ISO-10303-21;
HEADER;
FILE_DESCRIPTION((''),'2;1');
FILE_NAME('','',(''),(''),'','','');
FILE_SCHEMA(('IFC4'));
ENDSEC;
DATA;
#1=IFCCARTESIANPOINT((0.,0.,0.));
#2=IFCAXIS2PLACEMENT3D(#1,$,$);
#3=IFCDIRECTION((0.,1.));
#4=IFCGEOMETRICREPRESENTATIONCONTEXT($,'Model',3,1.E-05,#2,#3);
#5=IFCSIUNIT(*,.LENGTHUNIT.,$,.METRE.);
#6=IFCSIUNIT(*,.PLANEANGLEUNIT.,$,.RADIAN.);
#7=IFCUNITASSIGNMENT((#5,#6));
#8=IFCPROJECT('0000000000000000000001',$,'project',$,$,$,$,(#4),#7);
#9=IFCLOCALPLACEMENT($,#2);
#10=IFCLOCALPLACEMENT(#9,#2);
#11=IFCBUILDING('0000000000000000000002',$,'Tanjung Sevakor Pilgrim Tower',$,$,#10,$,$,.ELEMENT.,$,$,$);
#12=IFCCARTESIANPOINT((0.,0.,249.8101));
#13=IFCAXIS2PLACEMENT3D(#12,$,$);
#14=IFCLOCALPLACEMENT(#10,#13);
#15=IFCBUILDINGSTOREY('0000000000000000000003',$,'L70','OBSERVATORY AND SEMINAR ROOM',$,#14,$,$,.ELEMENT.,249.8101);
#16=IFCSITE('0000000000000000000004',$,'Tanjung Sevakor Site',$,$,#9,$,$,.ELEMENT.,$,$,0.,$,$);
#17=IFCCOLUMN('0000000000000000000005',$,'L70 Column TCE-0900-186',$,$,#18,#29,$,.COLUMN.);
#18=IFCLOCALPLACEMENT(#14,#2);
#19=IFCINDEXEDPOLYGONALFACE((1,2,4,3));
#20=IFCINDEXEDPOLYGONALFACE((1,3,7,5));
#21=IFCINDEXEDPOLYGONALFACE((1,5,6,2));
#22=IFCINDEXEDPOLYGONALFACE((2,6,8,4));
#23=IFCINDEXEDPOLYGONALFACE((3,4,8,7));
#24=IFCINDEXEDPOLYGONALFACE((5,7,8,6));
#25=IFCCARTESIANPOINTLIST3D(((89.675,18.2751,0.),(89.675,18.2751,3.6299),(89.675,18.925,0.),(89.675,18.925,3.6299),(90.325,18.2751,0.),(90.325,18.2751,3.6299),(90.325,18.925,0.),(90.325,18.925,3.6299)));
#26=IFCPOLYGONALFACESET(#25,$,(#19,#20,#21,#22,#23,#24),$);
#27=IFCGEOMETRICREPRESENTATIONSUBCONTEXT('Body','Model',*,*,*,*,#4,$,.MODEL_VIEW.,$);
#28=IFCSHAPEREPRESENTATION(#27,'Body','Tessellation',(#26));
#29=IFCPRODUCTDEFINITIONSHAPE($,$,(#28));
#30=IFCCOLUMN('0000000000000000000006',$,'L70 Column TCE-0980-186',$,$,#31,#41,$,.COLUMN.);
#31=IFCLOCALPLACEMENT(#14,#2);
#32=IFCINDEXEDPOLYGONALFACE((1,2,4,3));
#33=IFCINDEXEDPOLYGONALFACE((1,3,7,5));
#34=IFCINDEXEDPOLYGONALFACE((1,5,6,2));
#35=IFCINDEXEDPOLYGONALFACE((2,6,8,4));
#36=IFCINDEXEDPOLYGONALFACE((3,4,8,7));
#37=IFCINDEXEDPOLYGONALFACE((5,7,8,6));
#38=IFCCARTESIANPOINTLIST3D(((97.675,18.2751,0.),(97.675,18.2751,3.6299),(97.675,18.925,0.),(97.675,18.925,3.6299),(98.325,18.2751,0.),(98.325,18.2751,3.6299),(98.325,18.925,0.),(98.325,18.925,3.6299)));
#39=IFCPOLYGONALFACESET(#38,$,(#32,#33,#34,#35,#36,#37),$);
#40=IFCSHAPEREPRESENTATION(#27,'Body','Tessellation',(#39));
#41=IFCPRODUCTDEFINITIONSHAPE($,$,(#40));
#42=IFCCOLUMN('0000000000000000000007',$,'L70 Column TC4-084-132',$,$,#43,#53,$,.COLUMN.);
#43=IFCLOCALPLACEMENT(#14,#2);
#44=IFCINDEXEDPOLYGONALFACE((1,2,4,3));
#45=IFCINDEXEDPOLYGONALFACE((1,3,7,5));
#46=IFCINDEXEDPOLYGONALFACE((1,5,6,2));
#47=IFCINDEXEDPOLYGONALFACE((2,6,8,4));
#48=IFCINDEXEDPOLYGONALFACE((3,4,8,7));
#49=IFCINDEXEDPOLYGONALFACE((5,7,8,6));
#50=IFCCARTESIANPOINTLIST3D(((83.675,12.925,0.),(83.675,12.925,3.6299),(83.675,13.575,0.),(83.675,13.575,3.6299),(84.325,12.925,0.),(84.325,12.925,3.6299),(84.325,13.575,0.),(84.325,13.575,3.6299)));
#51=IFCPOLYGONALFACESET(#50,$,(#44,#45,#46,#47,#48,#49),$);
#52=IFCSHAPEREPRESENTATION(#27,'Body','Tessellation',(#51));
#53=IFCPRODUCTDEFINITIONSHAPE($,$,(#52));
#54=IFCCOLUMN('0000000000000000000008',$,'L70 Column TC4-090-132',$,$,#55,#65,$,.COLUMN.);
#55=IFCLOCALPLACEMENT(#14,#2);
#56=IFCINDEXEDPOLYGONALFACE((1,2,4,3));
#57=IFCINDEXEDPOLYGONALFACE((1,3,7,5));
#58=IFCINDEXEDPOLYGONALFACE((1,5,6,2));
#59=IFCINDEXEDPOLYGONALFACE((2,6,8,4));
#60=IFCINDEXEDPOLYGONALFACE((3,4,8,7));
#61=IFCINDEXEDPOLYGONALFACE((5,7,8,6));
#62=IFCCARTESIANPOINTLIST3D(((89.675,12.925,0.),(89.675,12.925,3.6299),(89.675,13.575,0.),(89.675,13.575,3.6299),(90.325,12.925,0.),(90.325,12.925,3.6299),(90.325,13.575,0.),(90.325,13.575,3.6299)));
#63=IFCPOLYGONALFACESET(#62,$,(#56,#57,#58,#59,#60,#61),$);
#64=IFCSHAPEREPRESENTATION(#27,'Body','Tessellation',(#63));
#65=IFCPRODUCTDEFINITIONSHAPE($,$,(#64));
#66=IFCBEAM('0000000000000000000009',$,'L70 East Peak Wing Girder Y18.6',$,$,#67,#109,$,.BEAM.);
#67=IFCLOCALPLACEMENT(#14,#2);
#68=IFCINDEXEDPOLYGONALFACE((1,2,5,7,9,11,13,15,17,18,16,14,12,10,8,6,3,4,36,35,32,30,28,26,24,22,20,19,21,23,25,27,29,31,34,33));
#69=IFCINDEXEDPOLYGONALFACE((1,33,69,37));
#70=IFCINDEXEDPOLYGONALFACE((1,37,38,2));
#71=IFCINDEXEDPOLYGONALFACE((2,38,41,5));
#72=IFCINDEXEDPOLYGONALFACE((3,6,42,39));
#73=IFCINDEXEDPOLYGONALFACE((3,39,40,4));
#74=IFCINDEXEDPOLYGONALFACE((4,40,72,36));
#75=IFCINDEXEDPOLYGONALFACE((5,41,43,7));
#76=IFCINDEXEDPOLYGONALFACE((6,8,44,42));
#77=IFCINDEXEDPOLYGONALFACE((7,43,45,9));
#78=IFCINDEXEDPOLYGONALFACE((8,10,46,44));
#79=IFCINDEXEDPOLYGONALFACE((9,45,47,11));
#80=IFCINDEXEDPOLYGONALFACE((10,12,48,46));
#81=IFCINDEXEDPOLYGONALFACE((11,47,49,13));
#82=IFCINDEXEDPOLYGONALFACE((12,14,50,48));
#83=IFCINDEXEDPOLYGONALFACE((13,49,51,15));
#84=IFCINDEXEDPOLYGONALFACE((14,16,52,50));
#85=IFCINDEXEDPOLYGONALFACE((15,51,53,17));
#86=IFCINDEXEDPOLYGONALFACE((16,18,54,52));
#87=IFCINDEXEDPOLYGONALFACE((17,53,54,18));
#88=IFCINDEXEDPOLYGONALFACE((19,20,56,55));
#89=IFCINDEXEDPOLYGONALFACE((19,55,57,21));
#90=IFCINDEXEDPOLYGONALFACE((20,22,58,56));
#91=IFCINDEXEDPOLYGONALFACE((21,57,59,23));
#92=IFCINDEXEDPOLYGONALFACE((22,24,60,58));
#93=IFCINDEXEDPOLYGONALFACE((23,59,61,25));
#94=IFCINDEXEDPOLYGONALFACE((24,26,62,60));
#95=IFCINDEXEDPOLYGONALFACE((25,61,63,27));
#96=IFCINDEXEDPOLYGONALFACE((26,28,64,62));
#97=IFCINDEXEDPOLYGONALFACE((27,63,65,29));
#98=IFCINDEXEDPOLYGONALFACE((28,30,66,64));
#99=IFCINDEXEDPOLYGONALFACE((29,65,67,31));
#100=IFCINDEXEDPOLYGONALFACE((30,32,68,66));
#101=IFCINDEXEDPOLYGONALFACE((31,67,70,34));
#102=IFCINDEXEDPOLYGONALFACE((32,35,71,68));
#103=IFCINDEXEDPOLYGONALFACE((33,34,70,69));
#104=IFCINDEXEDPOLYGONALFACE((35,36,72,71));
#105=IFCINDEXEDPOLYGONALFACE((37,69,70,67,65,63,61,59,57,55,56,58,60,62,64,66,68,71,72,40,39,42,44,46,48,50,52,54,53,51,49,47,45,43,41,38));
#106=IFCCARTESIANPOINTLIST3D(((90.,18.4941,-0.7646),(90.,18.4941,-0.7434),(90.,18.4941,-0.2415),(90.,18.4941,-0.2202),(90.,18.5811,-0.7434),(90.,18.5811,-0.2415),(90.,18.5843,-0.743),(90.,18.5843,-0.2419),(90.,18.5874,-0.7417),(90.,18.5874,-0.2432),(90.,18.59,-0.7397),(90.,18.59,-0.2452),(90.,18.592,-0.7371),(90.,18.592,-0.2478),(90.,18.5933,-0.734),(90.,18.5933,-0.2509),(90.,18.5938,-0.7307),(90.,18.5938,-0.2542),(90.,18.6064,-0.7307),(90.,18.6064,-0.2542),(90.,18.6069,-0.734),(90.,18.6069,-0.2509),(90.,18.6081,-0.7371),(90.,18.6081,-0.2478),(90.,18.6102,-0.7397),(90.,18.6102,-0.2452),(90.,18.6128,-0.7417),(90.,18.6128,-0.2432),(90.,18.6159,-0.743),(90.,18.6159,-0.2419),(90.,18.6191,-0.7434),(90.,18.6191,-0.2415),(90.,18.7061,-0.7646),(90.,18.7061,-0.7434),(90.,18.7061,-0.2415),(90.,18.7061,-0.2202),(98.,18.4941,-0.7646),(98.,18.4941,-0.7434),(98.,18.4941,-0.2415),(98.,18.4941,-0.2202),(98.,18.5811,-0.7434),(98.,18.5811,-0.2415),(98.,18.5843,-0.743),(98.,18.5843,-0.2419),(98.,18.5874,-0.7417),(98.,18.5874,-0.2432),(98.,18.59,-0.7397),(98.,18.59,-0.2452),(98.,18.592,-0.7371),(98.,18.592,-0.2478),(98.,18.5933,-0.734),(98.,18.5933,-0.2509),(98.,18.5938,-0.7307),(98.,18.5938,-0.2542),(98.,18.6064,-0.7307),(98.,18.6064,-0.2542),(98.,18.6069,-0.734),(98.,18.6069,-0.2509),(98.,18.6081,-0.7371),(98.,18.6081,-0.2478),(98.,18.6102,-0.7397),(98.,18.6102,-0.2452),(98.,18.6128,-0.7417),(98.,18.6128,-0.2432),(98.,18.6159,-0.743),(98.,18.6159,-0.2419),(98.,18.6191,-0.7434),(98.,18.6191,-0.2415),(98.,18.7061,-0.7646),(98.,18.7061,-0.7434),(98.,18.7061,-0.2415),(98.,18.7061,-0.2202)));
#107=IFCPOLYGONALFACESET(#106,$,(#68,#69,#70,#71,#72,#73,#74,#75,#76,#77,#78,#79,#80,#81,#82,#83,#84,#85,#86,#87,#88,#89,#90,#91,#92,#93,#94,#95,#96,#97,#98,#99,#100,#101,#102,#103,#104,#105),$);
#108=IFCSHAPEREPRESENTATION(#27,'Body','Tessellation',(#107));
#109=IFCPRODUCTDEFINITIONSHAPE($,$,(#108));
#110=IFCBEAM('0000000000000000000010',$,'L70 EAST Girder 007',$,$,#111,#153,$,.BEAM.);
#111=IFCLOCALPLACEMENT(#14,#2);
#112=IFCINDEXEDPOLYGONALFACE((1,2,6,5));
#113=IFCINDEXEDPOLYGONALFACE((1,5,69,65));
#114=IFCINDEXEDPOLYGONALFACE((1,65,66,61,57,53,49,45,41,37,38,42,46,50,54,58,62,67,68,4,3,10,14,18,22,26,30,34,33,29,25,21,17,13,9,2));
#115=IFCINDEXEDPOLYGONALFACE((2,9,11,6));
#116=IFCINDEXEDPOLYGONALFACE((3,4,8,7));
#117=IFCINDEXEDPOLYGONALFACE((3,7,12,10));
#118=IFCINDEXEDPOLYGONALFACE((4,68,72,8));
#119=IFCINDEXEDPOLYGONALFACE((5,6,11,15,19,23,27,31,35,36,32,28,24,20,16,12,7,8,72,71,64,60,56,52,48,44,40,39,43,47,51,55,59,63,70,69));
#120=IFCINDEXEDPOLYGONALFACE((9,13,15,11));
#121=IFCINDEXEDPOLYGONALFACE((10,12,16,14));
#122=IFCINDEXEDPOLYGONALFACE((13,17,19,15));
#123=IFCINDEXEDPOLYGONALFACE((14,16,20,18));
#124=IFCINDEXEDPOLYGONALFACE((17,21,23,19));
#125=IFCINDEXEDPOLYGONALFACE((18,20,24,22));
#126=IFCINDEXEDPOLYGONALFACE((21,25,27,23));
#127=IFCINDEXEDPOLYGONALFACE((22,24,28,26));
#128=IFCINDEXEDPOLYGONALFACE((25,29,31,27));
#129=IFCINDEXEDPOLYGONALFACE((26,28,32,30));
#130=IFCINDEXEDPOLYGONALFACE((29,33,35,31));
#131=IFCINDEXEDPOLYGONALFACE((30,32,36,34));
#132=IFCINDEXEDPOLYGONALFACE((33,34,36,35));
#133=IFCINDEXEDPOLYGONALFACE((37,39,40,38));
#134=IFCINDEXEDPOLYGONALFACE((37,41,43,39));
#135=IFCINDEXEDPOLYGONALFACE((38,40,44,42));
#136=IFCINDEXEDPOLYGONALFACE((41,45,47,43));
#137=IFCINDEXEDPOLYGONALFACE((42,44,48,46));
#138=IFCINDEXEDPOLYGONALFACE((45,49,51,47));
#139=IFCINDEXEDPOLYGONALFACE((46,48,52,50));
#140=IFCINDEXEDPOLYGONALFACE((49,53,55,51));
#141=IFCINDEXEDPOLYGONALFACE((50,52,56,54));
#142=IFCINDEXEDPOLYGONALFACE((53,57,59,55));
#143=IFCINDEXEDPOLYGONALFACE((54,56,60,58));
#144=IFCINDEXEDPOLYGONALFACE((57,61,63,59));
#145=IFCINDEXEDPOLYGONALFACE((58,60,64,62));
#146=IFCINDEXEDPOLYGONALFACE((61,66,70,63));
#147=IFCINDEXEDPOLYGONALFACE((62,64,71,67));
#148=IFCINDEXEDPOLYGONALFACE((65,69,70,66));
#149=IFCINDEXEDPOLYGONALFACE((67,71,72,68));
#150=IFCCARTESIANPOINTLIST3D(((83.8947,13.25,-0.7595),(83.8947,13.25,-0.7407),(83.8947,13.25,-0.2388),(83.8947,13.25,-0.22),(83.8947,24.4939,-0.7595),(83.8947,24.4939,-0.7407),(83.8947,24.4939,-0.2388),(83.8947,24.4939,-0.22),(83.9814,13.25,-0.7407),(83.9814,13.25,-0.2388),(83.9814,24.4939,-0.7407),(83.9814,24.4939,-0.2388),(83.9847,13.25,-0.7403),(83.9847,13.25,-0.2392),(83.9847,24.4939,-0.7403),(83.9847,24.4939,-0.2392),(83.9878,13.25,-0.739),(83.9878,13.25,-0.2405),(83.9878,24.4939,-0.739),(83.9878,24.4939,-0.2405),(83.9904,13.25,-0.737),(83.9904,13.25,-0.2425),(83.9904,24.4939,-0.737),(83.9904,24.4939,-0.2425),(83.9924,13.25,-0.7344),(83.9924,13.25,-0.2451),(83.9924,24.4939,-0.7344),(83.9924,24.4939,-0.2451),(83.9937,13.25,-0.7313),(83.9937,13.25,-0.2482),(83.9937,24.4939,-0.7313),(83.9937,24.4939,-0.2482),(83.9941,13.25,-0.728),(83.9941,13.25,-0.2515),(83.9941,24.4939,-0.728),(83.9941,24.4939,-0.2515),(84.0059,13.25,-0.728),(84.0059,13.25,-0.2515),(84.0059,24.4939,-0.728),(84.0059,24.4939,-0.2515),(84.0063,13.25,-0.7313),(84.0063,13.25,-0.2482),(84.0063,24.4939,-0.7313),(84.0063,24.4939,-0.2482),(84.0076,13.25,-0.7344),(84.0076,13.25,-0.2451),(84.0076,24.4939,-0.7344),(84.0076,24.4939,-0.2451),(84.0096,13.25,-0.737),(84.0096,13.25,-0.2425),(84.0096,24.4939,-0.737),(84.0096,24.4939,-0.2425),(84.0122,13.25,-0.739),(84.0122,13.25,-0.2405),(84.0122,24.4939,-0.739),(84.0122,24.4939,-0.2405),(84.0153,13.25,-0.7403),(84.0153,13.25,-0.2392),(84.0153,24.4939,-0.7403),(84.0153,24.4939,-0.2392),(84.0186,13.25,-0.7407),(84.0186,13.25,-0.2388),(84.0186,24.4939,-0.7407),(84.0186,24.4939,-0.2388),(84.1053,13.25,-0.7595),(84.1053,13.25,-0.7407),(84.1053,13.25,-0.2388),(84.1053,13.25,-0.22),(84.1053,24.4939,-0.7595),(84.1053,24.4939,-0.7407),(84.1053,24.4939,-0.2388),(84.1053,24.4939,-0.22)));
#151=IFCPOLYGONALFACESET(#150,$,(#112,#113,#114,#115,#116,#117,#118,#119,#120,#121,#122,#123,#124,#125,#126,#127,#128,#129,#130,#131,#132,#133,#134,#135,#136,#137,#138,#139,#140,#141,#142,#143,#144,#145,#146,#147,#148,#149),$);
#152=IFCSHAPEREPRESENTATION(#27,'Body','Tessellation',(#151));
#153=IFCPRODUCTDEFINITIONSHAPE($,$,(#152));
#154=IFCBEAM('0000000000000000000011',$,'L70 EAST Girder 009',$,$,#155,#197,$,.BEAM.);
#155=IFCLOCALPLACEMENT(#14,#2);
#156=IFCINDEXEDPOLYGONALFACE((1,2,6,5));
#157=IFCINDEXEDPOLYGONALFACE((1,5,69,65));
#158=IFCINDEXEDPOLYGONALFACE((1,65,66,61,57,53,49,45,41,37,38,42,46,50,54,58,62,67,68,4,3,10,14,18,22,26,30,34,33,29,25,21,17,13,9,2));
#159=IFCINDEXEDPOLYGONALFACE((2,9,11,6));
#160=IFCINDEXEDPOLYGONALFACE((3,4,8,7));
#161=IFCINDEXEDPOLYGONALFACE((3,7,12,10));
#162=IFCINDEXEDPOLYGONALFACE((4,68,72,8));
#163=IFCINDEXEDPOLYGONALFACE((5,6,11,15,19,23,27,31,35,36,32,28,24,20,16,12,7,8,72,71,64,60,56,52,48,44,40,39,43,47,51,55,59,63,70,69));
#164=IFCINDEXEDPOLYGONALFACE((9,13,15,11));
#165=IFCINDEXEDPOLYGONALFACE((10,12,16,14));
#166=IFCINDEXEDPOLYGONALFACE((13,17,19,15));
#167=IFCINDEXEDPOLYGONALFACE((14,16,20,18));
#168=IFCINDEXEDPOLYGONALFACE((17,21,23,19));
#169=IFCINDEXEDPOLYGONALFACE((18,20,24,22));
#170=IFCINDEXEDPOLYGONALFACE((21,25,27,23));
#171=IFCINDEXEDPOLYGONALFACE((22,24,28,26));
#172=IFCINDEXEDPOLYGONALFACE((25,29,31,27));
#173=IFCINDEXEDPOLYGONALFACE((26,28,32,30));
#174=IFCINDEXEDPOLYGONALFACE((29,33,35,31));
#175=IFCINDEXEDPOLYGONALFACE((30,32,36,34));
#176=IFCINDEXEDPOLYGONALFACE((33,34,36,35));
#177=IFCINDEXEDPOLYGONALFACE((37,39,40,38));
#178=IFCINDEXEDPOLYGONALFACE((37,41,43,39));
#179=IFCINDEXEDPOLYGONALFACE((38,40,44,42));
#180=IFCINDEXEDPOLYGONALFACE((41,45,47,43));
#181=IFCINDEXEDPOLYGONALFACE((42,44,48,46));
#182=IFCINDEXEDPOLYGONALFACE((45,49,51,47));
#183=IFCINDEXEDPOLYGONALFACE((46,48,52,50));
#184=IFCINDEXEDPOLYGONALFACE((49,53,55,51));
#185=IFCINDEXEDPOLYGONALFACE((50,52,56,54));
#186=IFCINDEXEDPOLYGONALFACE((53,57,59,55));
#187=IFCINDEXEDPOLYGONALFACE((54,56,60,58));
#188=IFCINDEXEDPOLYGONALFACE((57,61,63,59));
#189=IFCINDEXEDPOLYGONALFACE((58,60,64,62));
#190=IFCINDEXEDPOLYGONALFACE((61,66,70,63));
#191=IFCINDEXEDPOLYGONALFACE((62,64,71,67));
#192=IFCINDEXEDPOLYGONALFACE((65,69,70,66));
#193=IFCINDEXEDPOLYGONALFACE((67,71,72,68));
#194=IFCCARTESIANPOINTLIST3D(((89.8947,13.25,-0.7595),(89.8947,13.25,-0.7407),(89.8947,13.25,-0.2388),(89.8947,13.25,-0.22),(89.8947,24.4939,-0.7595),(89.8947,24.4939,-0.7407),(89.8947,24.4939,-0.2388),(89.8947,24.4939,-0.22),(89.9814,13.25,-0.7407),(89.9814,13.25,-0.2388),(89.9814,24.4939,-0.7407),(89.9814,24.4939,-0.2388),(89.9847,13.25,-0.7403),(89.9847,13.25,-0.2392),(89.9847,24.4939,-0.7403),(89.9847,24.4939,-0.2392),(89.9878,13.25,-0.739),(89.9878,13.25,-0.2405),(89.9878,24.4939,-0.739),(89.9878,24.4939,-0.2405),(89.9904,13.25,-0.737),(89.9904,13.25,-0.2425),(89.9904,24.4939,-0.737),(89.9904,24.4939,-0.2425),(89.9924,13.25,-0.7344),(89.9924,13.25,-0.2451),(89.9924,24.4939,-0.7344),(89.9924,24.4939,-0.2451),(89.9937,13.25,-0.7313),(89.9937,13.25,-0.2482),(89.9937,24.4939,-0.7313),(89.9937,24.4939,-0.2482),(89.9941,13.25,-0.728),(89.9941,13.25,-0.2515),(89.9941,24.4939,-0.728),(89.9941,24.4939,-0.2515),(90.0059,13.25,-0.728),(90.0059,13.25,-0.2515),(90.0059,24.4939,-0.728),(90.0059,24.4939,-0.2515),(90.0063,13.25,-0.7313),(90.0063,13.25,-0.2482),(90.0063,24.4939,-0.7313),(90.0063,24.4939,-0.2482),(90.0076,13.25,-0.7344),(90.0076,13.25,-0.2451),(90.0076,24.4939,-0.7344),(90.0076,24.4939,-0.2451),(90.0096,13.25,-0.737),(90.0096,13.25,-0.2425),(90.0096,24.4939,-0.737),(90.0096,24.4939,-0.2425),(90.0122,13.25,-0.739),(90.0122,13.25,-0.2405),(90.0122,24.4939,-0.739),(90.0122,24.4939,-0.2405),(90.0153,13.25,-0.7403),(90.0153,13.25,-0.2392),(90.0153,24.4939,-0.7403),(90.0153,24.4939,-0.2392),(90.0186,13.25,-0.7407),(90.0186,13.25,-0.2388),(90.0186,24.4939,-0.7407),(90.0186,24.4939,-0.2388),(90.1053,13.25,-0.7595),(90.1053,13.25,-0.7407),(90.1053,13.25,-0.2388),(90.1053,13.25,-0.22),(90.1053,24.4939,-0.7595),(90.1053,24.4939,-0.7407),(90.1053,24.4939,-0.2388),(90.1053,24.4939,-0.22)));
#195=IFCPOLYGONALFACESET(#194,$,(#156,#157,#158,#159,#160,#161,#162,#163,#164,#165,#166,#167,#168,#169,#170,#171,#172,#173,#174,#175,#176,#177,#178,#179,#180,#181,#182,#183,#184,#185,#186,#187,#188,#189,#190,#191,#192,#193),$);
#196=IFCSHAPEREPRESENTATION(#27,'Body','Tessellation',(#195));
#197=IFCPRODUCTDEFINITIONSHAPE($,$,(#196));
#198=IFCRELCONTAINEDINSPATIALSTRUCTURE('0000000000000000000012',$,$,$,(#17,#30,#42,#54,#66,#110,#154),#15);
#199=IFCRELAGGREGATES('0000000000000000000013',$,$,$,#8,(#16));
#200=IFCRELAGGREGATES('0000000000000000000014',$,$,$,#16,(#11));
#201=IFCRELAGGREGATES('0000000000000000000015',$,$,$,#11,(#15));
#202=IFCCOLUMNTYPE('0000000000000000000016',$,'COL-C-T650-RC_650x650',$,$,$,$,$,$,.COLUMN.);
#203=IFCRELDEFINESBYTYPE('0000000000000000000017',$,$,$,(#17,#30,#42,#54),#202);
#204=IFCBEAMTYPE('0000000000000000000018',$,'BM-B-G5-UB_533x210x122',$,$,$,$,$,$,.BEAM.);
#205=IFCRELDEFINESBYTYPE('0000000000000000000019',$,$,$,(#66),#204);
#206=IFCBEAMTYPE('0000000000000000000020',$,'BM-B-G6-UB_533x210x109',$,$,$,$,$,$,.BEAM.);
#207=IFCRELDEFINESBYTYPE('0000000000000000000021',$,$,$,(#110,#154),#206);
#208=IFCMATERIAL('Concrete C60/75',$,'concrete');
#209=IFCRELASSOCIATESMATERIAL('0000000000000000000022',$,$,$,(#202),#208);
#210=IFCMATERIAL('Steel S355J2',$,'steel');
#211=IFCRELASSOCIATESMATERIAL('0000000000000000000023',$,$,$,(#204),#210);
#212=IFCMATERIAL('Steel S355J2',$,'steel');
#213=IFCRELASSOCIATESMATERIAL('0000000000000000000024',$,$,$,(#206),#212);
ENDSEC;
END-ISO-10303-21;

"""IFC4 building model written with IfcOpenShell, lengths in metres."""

from ifc_helpers import new_model, si_unit, direction, frame, origin, origin_2d, place, context, subcontext, project, spatial, rectangle, i_section, extrude, material, material_profile, profile_set, type_object, element, save


model = new_model("IFC4")

# Units and contexts
model_context = context("Model", 3, precision=1e-05, world=origin(), true_north=direction((0.0, 1.0)))
body_context = subcontext(model_context, "Body", "Model", "MODEL_VIEW")
ifc_project = project(units=[si_unit("LENGTHUNIT", "METRE"), si_unit("PLANEANGLEUNIT", "RADIAN")], contexts=[model_context])

# Site, building, storey
site_placement = place(None, origin())
site = spatial("IfcSite", under=ifc_project, at=site_placement, Name="Tanjung Sevakor Site", CompositionType="ELEMENT", RefElevation=0.0)
building_placement = place(site_placement, origin())
building = spatial("IfcBuilding", under=site, at=building_placement, Name="Tanjung Sevakor Pilgrim Tower", CompositionType="ELEMENT")
storey_placement = place(building_placement, frame((0.0, 0.0, 249.8101)))
storey = spatial("IfcBuildingStorey", under=building, at=storey_placement, Name="L70", Description="OBSERVATORY AND SEMINAR ROOM", CompositionType="ELEMENT", Elevation=249.8101)

# Columns
ifc_material_1 = material(Name="Concrete C60/75", Category="concrete")
ifc_material_profile_1 = material_profile(ifc_material_1, rectangle(XDim=0.6499, YDim=0.6499, at=origin_2d()))
ifc_profile_set_1 = profile_set([ifc_material_profile_1], Name="Concrete C60/75")
column_type = type_object("IfcColumnType", Name="COL-C-T650-RC_650x650", PredefinedType="COLUMN", material=ifc_profile_set_1)
for number, where, z_axis, x_axis, name in (
    (1, (90.0, 18.6001, 0.0), (0.0, 0.0, 1.0), (1.0, 0.0, 0.0), "L70 Column TCE-0900-186"),
    (2, (98.0, 18.6001, 0.0), (0.0, 0.0, 1.0), (1.0, 0.0, 0.0), "L70 Column TCE-0980-186"),
    (3, (84.0, 13.25, 0.0), (0.0, 0.0, 1.0), (1.0, 0.0, 0.0), "L70 Column TC4-084-132"),
    (4, (90.0, 13.25, 0.0), (0.0, 0.0, 1.0), (1.0, 0.0, 0.0), "L70 Column TC4-090-132"),
):
    element("IfcColumn", number, at=place(storey_placement, frame(where, z_axis=z_axis, x_axis=x_axis)), inside=storey, type_object=column_type, Name=name, PredefinedType="COLUMN", context=body_context, shape_type="SweptSolid", body=[
        extrude(rectangle(XDim=0.6499, YDim=0.6499, at=origin_2d()), origin(), (0.0, 0.0, 1.0), 3.6299),
    ])

# Beams
ifc_material_2 = material(Name="Steel S355J2", Category="steel")
ifc_material_profile_2 = material_profile(ifc_material_2, i_section(OverallWidth=0.2119, OverallDepth=0.5444, WebThickness=0.0127, FlangeThickness=0.0212, FilletRadius=0.0127, at=origin_2d()))
ifc_profile_set_2 = profile_set([ifc_material_profile_2], Name="Steel S355J2")
beam_type_1 = type_object("IfcBeamType", Name="BM-B-G5-UB_533x210x122", PredefinedType="BEAM", material=ifc_profile_set_2)
beam_1_placement = place(storey_placement, frame((90.0, 18.6001, -0.4924), z_axis=(1.0, 0.0, 0.0), x_axis=(0.0, 1.0, 0.0)))
element("IfcBeam", 5, at=beam_1_placement, inside=storey, type_object=beam_type_1, Name="L70 East Peak Wing Girder Y18.6", PredefinedType="BEAM", context=body_context, shape_type="SweptSolid", body=[
    extrude(i_section(OverallWidth=0.2119, OverallDepth=0.5444, WebThickness=0.0127, FlangeThickness=0.0212, FilletRadius=0.0127, at=origin_2d()), origin(), (0.0, 0.0, 1.0), 8.0),
])
ifc_material_3 = material(Name="Steel S355J2", Category="steel")
ifc_material_profile_3 = material_profile(ifc_material_3, i_section(OverallWidth=0.2107, OverallDepth=0.5396, WebThickness=0.0117, FlangeThickness=0.0188, FilletRadius=0.0127, at=origin_2d()))
ifc_profile_set_3 = profile_set([ifc_material_profile_3], Name="Steel S355J2")
beam_type_2 = type_object("IfcBeamType", Name="BM-B-G6-UB_533x210x109", PredefinedType="BEAM", material=ifc_profile_set_3)
for number, where, z_axis, x_axis, name in (
    (6, (84.0, 13.25, -0.4897), (0.0, 1.0, 0.0), (-1.0, 0.0, 0.0), "L70 EAST Girder 007"),
    (7, (90.0, 13.25, -0.4897), (0.0, 1.0, 0.0), (-1.0, 0.0, 0.0), "L70 EAST Girder 009"),
):
    element("IfcBeam", number, at=place(storey_placement, frame(where, z_axis=z_axis, x_axis=x_axis)), inside=storey, type_object=beam_type_2, Name=name, PredefinedType="BEAM", context=body_context, shape_type="SweptSolid", body=[
        extrude(i_section(OverallWidth=0.2107, OverallDepth=0.5396, WebThickness=0.0117, FlangeThickness=0.0188, FilletRadius=0.0127, at=origin_2d()), origin(), (0.0, 0.0, 1.0), 11.2439),
    ])

save(model, "model.ifc")
